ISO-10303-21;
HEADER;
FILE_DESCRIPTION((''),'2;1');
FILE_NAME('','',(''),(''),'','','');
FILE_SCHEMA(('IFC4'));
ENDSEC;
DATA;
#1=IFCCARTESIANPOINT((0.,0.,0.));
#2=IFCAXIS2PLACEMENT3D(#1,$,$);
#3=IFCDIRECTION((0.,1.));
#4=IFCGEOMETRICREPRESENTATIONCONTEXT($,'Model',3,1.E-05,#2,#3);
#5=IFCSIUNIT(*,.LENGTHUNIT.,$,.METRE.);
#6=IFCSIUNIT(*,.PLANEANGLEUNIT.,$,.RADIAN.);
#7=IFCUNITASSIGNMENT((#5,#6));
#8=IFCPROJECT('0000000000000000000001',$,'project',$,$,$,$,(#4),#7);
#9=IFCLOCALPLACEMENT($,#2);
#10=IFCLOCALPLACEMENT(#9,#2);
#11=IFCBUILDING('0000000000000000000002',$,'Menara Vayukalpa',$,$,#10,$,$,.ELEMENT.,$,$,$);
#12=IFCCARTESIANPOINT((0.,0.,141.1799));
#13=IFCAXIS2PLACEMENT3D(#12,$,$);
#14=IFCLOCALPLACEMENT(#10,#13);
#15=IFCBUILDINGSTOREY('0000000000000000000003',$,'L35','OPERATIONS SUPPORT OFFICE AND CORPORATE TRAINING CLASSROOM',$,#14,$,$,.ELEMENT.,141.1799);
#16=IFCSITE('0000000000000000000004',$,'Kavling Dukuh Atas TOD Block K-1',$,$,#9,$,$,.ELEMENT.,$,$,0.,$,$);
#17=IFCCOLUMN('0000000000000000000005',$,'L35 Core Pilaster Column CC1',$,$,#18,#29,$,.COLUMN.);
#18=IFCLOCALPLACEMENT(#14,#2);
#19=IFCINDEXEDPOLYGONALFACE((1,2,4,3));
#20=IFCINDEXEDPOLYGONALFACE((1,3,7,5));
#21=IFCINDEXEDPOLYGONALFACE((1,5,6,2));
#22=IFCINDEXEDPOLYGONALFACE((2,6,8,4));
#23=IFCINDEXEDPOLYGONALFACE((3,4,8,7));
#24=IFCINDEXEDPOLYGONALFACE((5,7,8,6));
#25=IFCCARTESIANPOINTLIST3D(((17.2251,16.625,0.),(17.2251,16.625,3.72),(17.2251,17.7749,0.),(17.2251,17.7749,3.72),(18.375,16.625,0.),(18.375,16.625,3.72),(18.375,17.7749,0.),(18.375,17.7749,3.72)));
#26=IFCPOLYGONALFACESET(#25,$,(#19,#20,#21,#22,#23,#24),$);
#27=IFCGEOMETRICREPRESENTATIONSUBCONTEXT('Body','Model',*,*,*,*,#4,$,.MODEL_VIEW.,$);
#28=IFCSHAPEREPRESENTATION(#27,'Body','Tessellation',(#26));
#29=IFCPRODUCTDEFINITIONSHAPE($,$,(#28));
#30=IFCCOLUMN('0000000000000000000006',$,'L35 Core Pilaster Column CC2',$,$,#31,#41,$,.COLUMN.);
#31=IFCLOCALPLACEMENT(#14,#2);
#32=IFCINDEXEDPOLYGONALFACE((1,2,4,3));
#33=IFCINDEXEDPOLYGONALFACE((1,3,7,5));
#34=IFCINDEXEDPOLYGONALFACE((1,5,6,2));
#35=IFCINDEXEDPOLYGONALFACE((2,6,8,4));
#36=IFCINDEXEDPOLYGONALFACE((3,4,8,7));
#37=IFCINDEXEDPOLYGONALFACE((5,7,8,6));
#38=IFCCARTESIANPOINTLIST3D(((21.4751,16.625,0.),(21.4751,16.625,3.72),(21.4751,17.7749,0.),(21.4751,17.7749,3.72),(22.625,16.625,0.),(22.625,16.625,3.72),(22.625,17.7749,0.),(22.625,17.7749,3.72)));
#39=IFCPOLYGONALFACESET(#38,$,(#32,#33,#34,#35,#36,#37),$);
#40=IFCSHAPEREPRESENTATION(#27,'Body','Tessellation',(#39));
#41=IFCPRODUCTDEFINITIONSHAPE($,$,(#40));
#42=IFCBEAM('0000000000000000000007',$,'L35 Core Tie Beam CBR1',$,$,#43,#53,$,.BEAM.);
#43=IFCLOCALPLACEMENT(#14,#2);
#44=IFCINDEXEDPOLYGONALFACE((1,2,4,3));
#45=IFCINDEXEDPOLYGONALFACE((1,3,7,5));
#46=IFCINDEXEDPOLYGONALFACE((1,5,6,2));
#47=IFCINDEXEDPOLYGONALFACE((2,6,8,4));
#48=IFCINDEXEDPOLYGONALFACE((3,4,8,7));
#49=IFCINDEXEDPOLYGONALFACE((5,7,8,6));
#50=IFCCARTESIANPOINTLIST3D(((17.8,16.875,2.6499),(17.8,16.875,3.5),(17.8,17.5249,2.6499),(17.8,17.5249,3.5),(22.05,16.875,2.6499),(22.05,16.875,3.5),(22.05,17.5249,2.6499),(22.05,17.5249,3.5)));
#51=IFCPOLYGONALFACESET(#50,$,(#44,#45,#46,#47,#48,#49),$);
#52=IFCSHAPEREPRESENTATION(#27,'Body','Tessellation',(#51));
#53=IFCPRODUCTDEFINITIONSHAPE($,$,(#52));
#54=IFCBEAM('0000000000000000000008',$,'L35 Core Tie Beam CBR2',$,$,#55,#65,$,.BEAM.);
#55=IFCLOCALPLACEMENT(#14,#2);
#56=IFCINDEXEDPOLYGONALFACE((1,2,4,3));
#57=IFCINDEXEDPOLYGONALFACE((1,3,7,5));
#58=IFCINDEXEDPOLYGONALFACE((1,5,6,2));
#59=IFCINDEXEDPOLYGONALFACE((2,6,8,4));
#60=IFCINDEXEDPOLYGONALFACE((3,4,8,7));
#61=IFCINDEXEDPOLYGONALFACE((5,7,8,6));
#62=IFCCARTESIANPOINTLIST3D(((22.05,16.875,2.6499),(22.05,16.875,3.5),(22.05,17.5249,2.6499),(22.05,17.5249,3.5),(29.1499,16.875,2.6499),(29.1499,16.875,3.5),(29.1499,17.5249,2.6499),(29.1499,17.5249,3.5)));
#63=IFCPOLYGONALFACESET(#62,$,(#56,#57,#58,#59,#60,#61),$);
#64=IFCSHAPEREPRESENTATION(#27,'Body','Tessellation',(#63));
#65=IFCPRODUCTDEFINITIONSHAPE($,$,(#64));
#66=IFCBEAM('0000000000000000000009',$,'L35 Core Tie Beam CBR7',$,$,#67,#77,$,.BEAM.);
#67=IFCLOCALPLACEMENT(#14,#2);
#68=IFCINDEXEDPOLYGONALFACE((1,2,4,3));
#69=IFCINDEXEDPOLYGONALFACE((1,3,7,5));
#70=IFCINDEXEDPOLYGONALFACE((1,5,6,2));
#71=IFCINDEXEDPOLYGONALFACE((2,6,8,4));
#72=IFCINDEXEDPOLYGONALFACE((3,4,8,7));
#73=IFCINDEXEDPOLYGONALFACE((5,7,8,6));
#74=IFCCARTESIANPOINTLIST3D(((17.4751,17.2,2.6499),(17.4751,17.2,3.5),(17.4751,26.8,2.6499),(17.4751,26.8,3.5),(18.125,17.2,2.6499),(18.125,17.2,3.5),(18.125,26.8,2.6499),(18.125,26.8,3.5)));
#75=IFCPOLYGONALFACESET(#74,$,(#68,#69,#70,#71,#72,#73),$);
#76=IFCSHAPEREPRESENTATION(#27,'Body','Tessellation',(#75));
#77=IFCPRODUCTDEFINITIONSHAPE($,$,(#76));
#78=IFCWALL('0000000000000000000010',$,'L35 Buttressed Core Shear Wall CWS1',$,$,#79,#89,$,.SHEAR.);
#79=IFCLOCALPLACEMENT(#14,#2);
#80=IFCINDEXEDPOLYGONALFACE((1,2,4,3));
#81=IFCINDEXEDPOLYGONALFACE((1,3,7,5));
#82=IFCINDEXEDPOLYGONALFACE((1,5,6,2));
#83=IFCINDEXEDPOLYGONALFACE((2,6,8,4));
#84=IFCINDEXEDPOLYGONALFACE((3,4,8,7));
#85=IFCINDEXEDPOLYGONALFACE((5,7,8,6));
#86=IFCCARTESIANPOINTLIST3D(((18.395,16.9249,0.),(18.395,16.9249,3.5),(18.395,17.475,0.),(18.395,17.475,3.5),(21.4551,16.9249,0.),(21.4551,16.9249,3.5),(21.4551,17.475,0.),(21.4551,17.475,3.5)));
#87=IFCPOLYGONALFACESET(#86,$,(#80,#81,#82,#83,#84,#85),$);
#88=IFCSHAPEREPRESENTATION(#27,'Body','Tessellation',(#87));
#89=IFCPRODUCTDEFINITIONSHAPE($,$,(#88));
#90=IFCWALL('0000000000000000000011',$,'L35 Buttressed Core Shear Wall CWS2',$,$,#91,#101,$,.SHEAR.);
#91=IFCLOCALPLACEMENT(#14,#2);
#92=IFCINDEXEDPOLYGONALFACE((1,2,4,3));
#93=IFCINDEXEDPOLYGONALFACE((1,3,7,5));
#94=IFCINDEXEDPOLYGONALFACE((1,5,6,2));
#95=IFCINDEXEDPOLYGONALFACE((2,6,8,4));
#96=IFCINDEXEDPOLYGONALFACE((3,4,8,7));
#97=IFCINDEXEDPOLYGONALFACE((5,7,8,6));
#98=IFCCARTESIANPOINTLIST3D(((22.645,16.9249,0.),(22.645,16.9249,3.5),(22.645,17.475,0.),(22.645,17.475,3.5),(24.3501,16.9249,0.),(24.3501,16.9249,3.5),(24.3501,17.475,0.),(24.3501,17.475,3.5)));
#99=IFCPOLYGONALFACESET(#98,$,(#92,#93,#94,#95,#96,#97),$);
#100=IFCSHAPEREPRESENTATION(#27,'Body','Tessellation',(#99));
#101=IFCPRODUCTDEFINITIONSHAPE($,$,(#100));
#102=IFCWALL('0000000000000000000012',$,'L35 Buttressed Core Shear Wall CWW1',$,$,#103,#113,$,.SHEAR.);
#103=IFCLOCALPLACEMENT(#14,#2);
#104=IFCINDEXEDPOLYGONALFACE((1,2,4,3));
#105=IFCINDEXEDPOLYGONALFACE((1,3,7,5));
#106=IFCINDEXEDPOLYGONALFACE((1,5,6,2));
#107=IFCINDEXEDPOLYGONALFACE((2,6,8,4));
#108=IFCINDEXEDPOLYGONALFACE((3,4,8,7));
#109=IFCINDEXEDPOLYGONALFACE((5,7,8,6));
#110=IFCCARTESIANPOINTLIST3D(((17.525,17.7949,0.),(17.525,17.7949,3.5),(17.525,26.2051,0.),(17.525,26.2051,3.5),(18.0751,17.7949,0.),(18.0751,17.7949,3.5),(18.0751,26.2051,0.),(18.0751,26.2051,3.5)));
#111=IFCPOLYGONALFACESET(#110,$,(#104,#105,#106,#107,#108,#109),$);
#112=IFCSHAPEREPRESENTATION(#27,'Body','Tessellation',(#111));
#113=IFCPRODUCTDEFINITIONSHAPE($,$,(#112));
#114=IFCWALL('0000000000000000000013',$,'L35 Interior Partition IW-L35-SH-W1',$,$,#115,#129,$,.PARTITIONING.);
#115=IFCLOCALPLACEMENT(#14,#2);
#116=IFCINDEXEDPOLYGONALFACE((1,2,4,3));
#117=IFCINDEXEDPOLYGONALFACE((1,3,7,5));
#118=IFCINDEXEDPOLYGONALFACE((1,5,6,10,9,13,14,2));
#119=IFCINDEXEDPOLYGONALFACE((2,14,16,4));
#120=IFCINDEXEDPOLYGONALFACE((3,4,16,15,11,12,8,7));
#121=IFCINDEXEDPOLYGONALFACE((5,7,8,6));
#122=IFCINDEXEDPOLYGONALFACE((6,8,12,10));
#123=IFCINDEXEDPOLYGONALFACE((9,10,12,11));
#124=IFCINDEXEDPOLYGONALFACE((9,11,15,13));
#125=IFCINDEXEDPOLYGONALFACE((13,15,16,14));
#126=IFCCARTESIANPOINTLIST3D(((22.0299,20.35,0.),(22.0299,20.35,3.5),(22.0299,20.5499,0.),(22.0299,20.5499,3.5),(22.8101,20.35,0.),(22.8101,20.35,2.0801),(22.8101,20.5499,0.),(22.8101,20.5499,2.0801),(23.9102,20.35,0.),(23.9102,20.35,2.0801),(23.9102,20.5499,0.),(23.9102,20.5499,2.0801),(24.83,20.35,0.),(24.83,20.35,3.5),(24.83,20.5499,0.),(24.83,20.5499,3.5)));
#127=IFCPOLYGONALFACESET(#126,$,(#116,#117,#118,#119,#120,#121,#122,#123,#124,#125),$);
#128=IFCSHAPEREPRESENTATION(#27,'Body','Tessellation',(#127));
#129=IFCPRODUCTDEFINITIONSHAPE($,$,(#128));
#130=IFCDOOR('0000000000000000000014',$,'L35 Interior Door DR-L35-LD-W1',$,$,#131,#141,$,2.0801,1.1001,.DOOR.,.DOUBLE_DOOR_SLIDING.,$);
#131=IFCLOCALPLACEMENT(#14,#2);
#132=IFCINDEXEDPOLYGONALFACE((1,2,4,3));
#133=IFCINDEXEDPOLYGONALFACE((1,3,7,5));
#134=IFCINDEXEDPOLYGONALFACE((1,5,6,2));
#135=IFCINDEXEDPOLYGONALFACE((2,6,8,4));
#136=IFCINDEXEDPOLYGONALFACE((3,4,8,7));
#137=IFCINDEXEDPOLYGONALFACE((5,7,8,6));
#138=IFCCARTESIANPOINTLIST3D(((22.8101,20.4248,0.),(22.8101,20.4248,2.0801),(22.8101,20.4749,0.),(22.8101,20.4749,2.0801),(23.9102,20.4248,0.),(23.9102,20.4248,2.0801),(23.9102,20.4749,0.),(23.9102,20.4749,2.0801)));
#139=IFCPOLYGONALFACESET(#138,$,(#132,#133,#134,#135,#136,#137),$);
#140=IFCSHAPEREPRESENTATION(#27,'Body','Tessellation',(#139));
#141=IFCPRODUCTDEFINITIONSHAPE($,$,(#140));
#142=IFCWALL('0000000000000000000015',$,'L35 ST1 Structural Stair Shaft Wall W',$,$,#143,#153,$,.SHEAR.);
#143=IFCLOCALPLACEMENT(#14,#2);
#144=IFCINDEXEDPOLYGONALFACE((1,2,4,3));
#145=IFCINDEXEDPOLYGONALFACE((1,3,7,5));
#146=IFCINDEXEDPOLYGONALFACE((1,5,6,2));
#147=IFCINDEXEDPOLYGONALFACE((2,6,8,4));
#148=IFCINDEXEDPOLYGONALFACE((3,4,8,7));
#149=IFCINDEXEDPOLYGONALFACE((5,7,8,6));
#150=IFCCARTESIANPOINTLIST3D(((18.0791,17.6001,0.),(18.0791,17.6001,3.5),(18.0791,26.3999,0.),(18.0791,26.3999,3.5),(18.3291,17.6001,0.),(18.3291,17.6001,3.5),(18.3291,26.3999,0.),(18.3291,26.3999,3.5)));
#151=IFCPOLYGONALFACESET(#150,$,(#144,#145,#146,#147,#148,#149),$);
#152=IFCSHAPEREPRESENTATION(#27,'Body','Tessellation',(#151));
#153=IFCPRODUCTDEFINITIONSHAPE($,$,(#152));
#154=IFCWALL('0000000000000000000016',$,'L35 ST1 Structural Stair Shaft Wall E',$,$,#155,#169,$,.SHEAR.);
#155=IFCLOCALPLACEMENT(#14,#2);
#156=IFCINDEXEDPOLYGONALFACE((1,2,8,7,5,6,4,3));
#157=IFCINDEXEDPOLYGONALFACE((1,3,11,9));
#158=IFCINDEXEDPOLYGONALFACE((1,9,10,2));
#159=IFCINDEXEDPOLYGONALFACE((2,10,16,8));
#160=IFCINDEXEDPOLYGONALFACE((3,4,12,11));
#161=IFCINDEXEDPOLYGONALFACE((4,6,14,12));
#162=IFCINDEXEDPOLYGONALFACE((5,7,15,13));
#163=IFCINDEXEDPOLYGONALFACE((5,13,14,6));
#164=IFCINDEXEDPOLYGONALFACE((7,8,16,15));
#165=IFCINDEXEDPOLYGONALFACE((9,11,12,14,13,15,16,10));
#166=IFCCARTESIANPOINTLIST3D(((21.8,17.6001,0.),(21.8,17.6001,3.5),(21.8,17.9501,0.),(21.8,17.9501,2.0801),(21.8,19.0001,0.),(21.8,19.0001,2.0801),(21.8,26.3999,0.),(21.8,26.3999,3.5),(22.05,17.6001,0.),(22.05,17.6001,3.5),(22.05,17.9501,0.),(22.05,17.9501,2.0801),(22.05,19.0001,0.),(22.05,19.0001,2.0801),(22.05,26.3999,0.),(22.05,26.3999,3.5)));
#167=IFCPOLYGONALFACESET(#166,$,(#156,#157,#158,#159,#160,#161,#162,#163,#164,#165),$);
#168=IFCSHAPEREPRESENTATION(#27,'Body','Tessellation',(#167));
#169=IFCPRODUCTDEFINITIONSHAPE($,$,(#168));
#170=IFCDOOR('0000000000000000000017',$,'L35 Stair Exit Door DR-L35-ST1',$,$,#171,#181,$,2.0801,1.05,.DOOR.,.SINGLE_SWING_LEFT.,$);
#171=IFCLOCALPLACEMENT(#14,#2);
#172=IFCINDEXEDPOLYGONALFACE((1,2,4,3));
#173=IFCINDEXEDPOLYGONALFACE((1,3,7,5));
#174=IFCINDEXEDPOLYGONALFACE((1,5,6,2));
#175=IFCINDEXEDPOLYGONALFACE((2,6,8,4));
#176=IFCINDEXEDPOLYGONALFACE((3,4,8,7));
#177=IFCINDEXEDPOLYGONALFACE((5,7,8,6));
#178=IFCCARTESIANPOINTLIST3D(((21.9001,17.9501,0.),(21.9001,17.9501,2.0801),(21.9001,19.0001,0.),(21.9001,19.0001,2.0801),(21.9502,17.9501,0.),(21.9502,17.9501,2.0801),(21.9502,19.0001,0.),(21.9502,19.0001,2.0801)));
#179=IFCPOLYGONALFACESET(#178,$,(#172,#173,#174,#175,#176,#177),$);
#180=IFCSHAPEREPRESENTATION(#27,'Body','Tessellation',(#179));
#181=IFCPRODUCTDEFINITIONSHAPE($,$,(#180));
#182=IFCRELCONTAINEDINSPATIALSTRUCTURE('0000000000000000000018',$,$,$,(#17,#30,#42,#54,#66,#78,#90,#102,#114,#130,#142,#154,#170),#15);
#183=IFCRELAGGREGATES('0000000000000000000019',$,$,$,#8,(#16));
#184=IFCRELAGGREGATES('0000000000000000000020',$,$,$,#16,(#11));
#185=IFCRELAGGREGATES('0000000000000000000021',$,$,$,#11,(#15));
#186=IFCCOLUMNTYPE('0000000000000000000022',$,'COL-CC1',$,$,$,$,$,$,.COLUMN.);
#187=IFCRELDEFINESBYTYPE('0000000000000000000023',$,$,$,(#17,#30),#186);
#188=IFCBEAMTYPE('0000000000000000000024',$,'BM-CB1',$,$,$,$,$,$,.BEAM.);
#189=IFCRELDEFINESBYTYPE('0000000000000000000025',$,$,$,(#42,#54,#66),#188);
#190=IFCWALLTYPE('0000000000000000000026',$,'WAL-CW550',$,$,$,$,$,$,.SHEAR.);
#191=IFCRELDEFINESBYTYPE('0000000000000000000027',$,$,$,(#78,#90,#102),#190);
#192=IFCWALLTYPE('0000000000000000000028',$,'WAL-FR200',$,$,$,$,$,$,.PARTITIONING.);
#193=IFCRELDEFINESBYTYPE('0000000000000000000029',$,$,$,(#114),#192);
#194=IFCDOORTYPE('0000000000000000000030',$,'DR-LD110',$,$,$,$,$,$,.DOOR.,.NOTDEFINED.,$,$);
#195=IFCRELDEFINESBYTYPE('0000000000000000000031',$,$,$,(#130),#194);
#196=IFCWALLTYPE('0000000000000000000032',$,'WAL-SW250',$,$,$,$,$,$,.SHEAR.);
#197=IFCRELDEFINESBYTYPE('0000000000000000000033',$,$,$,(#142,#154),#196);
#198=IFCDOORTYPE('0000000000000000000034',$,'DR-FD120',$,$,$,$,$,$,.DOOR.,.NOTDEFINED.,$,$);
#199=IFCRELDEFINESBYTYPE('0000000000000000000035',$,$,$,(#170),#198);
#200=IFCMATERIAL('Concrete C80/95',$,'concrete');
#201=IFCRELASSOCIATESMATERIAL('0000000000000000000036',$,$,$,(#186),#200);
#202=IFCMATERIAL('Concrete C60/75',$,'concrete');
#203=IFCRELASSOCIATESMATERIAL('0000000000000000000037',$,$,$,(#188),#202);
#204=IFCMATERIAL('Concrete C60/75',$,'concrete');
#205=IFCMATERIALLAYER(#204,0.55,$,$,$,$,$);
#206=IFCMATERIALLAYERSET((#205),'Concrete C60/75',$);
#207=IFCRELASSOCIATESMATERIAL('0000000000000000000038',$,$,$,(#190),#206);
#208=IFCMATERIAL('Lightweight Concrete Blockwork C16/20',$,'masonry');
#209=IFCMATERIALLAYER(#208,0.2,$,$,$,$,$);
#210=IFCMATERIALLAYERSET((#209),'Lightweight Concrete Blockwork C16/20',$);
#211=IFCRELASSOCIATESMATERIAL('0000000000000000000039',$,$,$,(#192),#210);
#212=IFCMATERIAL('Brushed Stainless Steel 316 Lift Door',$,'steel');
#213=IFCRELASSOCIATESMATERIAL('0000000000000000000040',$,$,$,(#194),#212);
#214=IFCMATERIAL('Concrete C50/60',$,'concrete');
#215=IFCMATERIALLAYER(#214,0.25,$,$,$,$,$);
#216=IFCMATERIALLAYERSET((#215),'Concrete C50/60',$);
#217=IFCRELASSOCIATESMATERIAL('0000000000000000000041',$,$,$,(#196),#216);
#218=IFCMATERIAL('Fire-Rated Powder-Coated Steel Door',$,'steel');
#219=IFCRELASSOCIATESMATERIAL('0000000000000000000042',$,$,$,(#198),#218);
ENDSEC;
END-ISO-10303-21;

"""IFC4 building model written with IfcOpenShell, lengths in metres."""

from ifc_helpers import new_model, si_unit, direction, frame, frame_2d, origin, origin_2d, place, context, subcontext, project, spatial, rectangle, extrude, material, layer, layer_set, material_profile, profile_set, type_object, element, fill, save


model = new_model("IFC4")

# Units and contexts
model_context = context("Model", 3, precision=1e-05, world=origin(), true_north=direction((0.0, 1.0)))
body_context = subcontext(model_context, "Body", "Model", "MODEL_VIEW")
ifc_project = project(units=[si_unit("LENGTHUNIT", "METRE"), si_unit("PLANEANGLEUNIT", "RADIAN")], contexts=[model_context])

# Site, building, storey
site_placement = place(None, origin())
site = spatial("IfcSite", under=ifc_project, at=site_placement, Name="Kavling Dukuh Atas TOD Block K-1", CompositionType="ELEMENT", RefElevation=0.0)
building_placement = place(site_placement, origin())
building = spatial("IfcBuilding", under=site, at=building_placement, Name="Menara Vayukalpa", CompositionType="ELEMENT")
storey_placement = place(building_placement, frame((0.0, 0.0, 141.1799)))
storey = spatial("IfcBuildingStorey", under=building, at=storey_placement, Name="L35", Description="OPERATIONS SUPPORT OFFICE AND CORPORATE TRAINING CLASSROOM", CompositionType="ELEMENT", Elevation=141.1799)

# Columns
ifc_material_1 = material(Name="Concrete C80/95", Category="concrete")
ifc_material_profile_1 = material_profile(ifc_material_1, rectangle(XDim=1.1499, YDim=1.1499, at=origin_2d()), Name="RC 1150x1150")
ifc_profile_set_1 = profile_set([ifc_material_profile_1], Name="Concrete C80/95")
column_type = type_object("IfcColumnType", Name="COL-CC1", PredefinedType="COLUMN", material=ifc_profile_set_1)
for number, where, z_axis, x_axis, name in (
    (1, (17.8, 17.2, 0.0), (0.0, 0.0, 1.0), (1.0, 0.0, 0.0), "L35 Core Pilaster Column CC1"),
    (2, (22.05, 17.2, 0.0), (0.0, 0.0, 1.0), (1.0, 0.0, 0.0), "L35 Core Pilaster Column CC2"),
):
    element("IfcColumn", number, at=place(storey_placement, frame(where, z_axis=z_axis, x_axis=x_axis)), inside=storey, type_object=column_type, Name=name, PredefinedType="COLUMN", context=body_context, shape_type="SweptSolid", body=[
        extrude(rectangle(XDim=1.1499, YDim=1.1499, at=origin_2d()), origin(), (0.0, 0.0, 1.0), 3.72),
    ])

# Beams
ifc_material_2 = material(Name="Concrete C60/75", Category="concrete")
ifc_material_profile_2 = material_profile(ifc_material_2, rectangle(XDim=0.6499, YDim=0.8501, at=origin_2d()), Name="RC 650x850")
ifc_profile_set_2 = profile_set([ifc_material_profile_2], Name="Concrete C60/75")
beam_type = type_object("IfcBeamType", Name="BM-CB1", PredefinedType="BEAM", material=ifc_profile_set_2)
beam_1_placement = place(storey_placement, frame((17.8, 17.2, 3.075), z_axis=(1.0, 0.0, 0.0), x_axis=(0.0, 1.0, 0.0)))
element("IfcBeam", 3, at=beam_1_placement, inside=storey, type_object=beam_type, Name="L35 Core Tie Beam CBR1", PredefinedType="BEAM", context=body_context, shape_type="SweptSolid", body=[
    extrude(rectangle(XDim=0.6499, YDim=0.8501, at=origin_2d()), origin(), (0.0, 0.0, 1.0), 4.25),
])
beam_2_placement = place(storey_placement, frame((22.05, 17.2, 3.075), z_axis=(1.0, 0.0, 0.0), x_axis=(0.0, 1.0, 0.0)))
element("IfcBeam", 4, at=beam_2_placement, inside=storey, type_object=beam_type, Name="L35 Core Tie Beam CBR2", PredefinedType="BEAM", context=body_context, shape_type="SweptSolid", body=[
    extrude(rectangle(XDim=0.6499, YDim=0.8501, at=origin_2d()), origin(), (0.0, 0.0, 1.0), 7.0999),
])
beam_3_placement = place(storey_placement, frame((17.8, 17.2, 3.075), z_axis=(0.0, 1.0, 0.0), x_axis=(-1.0, 0.0, 0.0)))
element("IfcBeam", 5, at=beam_3_placement, inside=storey, type_object=beam_type, Name="L35 Core Tie Beam CBR7", PredefinedType="BEAM", context=body_context, shape_type="SweptSolid", body=[
    extrude(rectangle(XDim=0.6499, YDim=0.8501, at=origin_2d()), origin(), (0.0, 0.0, 1.0), 9.6001),
])

# Walls
ifc_material_3 = material(Name="Concrete C60/75", Category="concrete")
ifc_layer_1 = layer(ifc_material_3, 0.55)
ifc_layer_set_1 = layer_set([ifc_layer_1], Name="Concrete C60/75")
wall_type_1 = type_object("IfcWallType", Name="WAL-CW550", PredefinedType="SHEAR", material=ifc_layer_set_1)
wall_1_placement = place(storey_placement, frame((18.395, 17.2, 0.0), z_axis=(0.0, 0.0, 1.0), x_axis=(1.0, 0.0, 0.0)))
element("IfcWall", 6, at=wall_1_placement, inside=storey, type_object=wall_type_1, Name="L35 Buttressed Core Shear Wall CWS1", PredefinedType="SHEAR", context=body_context, shape_type="SweptSolid", body=[
    extrude(rectangle(XDim=3.0601, YDim=0.55, at=frame_2d((1.53, 0.0))), origin(), (0.0, 0.0, 1.0), 3.5),
])
wall_2_placement = place(storey_placement, frame((22.645, 17.2, 0.0), z_axis=(0.0, 0.0, 1.0), x_axis=(1.0, 0.0, 0.0)))
element("IfcWall", 7, at=wall_2_placement, inside=storey, type_object=wall_type_1, Name="L35 Buttressed Core Shear Wall CWS2", PredefinedType="SHEAR", context=body_context, shape_type="SweptSolid", body=[
    extrude(rectangle(XDim=1.7051, YDim=0.55, at=frame_2d((0.8525, 0.0))), origin(), (0.0, 0.0, 1.0), 3.5),
])
wall_3_placement = place(storey_placement, frame((17.8, 17.7949, 0.0), z_axis=(0.0, 0.0, 1.0), x_axis=(0.0, 1.0, 0.0)))
element("IfcWall", 8, at=wall_3_placement, inside=storey, type_object=wall_type_1, Name="L35 Buttressed Core Shear Wall CWW1", PredefinedType="SHEAR", context=body_context, shape_type="SweptSolid", body=[
    extrude(rectangle(XDim=8.4102, YDim=0.55, at=frame_2d((4.2051, 0.0))), origin(), (0.0, 0.0, 1.0), 3.5),
])

# Wall, opening, door
ifc_material_4 = material(Name="Lightweight Concrete Blockwork C16/20", Category="masonry")
ifc_layer_2 = layer(ifc_material_4, 0.2)
ifc_layer_set_2 = layer_set([ifc_layer_2], Name="Lightweight Concrete Blockwork C16/20")
wall_type_2 = type_object("IfcWallType", Name="WAL-FR200", PredefinedType="PARTITIONING", material=ifc_layer_set_2)
wall_4_placement = place(storey_placement, frame((22.03, 20.45, 0.0), z_axis=(0.0, 0.0, 1.0), x_axis=(1.0, 0.0, 0.0)))
wall_4 = element("IfcWall", 9, at=wall_4_placement, inside=storey, type_object=wall_type_2, Name="L35 Interior Partition IW-L35-SH-W1", PredefinedType="PARTITIONING", context=body_context, shape_type="SweptSolid", body=[
    extrude(rectangle(XDim=2.8, YDim=0.2, at=frame_2d((1.3999, 0.0))), origin(), (0.0, 0.0, 1.0), 3.5),
])
opening_1_placement = place(wall_4_placement, frame((0.78, 0.0, 0.0)))
opening_1 = element("IfcOpeningElement", 10, at=opening_1_placement, cuts=wall_4, PredefinedType="OPENING", context=body_context, shape_type="SweptSolid", body=[
    extrude(rectangle(XDim=1.1001, YDim=2.0801, at=frame_2d((0.55, 1.04))), frame((0.0, 0.1099, 0.0), z_axis=(0.0, -1.0, 0.0), x_axis=(1.0, 0.0, 0.0)), (0.0, 0.0, 1.0), 0.22),
])
ifc_material_5 = material(Name="Brushed Stainless Steel 316 Lift Door", Category="steel")
door_type_1 = type_object("IfcDoorType", Name="DR-LD110", OperationType="NOTDEFINED", PredefinedType="DOOR", material=ifc_material_5)
door_1_placement = place(opening_1_placement, origin())
door_1 = element("IfcDoor", 11, at=door_1_placement, inside=storey, type_object=door_type_1, Name="L35 Interior Door DR-L35-LD-W1", OperationType="DOUBLE_DOOR_SLIDING", OverallHeight=2.0801, OverallWidth=1.1001, PredefinedType="DOOR", context=body_context, shape_type="SweptSolid", body=[
    extrude(rectangle(XDim=1.1001, YDim=2.0801, at=frame_2d((0.55, 1.04))), frame((0.0, 0.0249, 0.0), z_axis=(0.0, -1.0, 0.0), x_axis=(1.0, 0.0, 0.0)), (0.0, 0.0, 1.0), 0.05),
])
fill(opening_1, door_1)

# Wall
ifc_material_6 = material(Name="Concrete C50/60", Category="concrete")
ifc_layer_3 = layer(ifc_material_6, 0.25)
ifc_layer_set_3 = layer_set([ifc_layer_3], Name="Concrete C50/60")
wall_type_3 = type_object("IfcWallType", Name="WAL-SW250", PredefinedType="SHEAR", material=ifc_layer_set_3)
wall_5_placement = place(storey_placement, frame((18.2041, 17.6001, 0.0), z_axis=(0.0, 0.0, 1.0), x_axis=(0.0, 1.0, 0.0)))
element("IfcWall", 12, at=wall_5_placement, inside=storey, type_object=wall_type_3, Name="L35 ST1 Structural Stair Shaft Wall W", PredefinedType="SHEAR", context=body_context, shape_type="SweptSolid", body=[
    extrude(rectangle(XDim=8.7998, YDim=0.25, at=frame_2d((4.3999, 0.0))), origin(), (0.0, 0.0, 1.0), 3.5),
])

# Wall, opening, door
wall_6_placement = place(storey_placement, frame((21.925, 17.6001, 0.0), z_axis=(0.0, 0.0, 1.0), x_axis=(0.0, 1.0, 0.0)))
wall_6 = element("IfcWall", 13, at=wall_6_placement, inside=storey, type_object=wall_type_3, Name="L35 ST1 Structural Stair Shaft Wall E", PredefinedType="SHEAR", context=body_context, shape_type="SweptSolid", body=[
    extrude(rectangle(XDim=8.7998, YDim=0.25, at=frame_2d((4.3999, 0.0))), origin(), (0.0, 0.0, 1.0), 3.5),
])
opening_2_placement = place(wall_6_placement, frame((0.3501, 0.0, 0.0)))
opening_2 = element("IfcOpeningElement", 14, at=opening_2_placement, cuts=wall_6, PredefinedType="OPENING", context=body_context, shape_type="SweptSolid", body=[
    extrude(rectangle(XDim=1.05, YDim=2.0801, at=frame_2d((0.5249, 1.04))), frame((0.0, 0.135, 0.0), z_axis=(0.0, -1.0, 0.0), x_axis=(1.0, 0.0, 0.0)), (0.0, 0.0, 1.0), 0.27),
])
ifc_material_7 = material(Name="Fire-Rated Powder-Coated Steel Door", Category="steel")
door_type_2 = type_object("IfcDoorType", Name="DR-FD120", OperationType="NOTDEFINED", PredefinedType="DOOR", material=ifc_material_7)
door_2_placement = place(opening_2_placement, origin())
door_2 = element("IfcDoor", 15, at=door_2_placement, inside=storey, type_object=door_type_2, Name="L35 Stair Exit Door DR-L35-ST1", OperationType="SINGLE_SWING_LEFT", OverallHeight=2.0801, OverallWidth=1.05, PredefinedType="DOOR", context=body_context, shape_type="SweptSolid", body=[
    extrude(rectangle(XDim=1.05, YDim=2.0801, at=frame_2d((0.5249, 1.04))), frame((0.0, 0.0249, 0.0), z_axis=(0.0, -1.0, 0.0), x_axis=(1.0, 0.0, 0.0)), (0.0, 0.0, 1.0), 0.05),
])
fill(opening_2, door_2)

save(model, "model.ifc")
